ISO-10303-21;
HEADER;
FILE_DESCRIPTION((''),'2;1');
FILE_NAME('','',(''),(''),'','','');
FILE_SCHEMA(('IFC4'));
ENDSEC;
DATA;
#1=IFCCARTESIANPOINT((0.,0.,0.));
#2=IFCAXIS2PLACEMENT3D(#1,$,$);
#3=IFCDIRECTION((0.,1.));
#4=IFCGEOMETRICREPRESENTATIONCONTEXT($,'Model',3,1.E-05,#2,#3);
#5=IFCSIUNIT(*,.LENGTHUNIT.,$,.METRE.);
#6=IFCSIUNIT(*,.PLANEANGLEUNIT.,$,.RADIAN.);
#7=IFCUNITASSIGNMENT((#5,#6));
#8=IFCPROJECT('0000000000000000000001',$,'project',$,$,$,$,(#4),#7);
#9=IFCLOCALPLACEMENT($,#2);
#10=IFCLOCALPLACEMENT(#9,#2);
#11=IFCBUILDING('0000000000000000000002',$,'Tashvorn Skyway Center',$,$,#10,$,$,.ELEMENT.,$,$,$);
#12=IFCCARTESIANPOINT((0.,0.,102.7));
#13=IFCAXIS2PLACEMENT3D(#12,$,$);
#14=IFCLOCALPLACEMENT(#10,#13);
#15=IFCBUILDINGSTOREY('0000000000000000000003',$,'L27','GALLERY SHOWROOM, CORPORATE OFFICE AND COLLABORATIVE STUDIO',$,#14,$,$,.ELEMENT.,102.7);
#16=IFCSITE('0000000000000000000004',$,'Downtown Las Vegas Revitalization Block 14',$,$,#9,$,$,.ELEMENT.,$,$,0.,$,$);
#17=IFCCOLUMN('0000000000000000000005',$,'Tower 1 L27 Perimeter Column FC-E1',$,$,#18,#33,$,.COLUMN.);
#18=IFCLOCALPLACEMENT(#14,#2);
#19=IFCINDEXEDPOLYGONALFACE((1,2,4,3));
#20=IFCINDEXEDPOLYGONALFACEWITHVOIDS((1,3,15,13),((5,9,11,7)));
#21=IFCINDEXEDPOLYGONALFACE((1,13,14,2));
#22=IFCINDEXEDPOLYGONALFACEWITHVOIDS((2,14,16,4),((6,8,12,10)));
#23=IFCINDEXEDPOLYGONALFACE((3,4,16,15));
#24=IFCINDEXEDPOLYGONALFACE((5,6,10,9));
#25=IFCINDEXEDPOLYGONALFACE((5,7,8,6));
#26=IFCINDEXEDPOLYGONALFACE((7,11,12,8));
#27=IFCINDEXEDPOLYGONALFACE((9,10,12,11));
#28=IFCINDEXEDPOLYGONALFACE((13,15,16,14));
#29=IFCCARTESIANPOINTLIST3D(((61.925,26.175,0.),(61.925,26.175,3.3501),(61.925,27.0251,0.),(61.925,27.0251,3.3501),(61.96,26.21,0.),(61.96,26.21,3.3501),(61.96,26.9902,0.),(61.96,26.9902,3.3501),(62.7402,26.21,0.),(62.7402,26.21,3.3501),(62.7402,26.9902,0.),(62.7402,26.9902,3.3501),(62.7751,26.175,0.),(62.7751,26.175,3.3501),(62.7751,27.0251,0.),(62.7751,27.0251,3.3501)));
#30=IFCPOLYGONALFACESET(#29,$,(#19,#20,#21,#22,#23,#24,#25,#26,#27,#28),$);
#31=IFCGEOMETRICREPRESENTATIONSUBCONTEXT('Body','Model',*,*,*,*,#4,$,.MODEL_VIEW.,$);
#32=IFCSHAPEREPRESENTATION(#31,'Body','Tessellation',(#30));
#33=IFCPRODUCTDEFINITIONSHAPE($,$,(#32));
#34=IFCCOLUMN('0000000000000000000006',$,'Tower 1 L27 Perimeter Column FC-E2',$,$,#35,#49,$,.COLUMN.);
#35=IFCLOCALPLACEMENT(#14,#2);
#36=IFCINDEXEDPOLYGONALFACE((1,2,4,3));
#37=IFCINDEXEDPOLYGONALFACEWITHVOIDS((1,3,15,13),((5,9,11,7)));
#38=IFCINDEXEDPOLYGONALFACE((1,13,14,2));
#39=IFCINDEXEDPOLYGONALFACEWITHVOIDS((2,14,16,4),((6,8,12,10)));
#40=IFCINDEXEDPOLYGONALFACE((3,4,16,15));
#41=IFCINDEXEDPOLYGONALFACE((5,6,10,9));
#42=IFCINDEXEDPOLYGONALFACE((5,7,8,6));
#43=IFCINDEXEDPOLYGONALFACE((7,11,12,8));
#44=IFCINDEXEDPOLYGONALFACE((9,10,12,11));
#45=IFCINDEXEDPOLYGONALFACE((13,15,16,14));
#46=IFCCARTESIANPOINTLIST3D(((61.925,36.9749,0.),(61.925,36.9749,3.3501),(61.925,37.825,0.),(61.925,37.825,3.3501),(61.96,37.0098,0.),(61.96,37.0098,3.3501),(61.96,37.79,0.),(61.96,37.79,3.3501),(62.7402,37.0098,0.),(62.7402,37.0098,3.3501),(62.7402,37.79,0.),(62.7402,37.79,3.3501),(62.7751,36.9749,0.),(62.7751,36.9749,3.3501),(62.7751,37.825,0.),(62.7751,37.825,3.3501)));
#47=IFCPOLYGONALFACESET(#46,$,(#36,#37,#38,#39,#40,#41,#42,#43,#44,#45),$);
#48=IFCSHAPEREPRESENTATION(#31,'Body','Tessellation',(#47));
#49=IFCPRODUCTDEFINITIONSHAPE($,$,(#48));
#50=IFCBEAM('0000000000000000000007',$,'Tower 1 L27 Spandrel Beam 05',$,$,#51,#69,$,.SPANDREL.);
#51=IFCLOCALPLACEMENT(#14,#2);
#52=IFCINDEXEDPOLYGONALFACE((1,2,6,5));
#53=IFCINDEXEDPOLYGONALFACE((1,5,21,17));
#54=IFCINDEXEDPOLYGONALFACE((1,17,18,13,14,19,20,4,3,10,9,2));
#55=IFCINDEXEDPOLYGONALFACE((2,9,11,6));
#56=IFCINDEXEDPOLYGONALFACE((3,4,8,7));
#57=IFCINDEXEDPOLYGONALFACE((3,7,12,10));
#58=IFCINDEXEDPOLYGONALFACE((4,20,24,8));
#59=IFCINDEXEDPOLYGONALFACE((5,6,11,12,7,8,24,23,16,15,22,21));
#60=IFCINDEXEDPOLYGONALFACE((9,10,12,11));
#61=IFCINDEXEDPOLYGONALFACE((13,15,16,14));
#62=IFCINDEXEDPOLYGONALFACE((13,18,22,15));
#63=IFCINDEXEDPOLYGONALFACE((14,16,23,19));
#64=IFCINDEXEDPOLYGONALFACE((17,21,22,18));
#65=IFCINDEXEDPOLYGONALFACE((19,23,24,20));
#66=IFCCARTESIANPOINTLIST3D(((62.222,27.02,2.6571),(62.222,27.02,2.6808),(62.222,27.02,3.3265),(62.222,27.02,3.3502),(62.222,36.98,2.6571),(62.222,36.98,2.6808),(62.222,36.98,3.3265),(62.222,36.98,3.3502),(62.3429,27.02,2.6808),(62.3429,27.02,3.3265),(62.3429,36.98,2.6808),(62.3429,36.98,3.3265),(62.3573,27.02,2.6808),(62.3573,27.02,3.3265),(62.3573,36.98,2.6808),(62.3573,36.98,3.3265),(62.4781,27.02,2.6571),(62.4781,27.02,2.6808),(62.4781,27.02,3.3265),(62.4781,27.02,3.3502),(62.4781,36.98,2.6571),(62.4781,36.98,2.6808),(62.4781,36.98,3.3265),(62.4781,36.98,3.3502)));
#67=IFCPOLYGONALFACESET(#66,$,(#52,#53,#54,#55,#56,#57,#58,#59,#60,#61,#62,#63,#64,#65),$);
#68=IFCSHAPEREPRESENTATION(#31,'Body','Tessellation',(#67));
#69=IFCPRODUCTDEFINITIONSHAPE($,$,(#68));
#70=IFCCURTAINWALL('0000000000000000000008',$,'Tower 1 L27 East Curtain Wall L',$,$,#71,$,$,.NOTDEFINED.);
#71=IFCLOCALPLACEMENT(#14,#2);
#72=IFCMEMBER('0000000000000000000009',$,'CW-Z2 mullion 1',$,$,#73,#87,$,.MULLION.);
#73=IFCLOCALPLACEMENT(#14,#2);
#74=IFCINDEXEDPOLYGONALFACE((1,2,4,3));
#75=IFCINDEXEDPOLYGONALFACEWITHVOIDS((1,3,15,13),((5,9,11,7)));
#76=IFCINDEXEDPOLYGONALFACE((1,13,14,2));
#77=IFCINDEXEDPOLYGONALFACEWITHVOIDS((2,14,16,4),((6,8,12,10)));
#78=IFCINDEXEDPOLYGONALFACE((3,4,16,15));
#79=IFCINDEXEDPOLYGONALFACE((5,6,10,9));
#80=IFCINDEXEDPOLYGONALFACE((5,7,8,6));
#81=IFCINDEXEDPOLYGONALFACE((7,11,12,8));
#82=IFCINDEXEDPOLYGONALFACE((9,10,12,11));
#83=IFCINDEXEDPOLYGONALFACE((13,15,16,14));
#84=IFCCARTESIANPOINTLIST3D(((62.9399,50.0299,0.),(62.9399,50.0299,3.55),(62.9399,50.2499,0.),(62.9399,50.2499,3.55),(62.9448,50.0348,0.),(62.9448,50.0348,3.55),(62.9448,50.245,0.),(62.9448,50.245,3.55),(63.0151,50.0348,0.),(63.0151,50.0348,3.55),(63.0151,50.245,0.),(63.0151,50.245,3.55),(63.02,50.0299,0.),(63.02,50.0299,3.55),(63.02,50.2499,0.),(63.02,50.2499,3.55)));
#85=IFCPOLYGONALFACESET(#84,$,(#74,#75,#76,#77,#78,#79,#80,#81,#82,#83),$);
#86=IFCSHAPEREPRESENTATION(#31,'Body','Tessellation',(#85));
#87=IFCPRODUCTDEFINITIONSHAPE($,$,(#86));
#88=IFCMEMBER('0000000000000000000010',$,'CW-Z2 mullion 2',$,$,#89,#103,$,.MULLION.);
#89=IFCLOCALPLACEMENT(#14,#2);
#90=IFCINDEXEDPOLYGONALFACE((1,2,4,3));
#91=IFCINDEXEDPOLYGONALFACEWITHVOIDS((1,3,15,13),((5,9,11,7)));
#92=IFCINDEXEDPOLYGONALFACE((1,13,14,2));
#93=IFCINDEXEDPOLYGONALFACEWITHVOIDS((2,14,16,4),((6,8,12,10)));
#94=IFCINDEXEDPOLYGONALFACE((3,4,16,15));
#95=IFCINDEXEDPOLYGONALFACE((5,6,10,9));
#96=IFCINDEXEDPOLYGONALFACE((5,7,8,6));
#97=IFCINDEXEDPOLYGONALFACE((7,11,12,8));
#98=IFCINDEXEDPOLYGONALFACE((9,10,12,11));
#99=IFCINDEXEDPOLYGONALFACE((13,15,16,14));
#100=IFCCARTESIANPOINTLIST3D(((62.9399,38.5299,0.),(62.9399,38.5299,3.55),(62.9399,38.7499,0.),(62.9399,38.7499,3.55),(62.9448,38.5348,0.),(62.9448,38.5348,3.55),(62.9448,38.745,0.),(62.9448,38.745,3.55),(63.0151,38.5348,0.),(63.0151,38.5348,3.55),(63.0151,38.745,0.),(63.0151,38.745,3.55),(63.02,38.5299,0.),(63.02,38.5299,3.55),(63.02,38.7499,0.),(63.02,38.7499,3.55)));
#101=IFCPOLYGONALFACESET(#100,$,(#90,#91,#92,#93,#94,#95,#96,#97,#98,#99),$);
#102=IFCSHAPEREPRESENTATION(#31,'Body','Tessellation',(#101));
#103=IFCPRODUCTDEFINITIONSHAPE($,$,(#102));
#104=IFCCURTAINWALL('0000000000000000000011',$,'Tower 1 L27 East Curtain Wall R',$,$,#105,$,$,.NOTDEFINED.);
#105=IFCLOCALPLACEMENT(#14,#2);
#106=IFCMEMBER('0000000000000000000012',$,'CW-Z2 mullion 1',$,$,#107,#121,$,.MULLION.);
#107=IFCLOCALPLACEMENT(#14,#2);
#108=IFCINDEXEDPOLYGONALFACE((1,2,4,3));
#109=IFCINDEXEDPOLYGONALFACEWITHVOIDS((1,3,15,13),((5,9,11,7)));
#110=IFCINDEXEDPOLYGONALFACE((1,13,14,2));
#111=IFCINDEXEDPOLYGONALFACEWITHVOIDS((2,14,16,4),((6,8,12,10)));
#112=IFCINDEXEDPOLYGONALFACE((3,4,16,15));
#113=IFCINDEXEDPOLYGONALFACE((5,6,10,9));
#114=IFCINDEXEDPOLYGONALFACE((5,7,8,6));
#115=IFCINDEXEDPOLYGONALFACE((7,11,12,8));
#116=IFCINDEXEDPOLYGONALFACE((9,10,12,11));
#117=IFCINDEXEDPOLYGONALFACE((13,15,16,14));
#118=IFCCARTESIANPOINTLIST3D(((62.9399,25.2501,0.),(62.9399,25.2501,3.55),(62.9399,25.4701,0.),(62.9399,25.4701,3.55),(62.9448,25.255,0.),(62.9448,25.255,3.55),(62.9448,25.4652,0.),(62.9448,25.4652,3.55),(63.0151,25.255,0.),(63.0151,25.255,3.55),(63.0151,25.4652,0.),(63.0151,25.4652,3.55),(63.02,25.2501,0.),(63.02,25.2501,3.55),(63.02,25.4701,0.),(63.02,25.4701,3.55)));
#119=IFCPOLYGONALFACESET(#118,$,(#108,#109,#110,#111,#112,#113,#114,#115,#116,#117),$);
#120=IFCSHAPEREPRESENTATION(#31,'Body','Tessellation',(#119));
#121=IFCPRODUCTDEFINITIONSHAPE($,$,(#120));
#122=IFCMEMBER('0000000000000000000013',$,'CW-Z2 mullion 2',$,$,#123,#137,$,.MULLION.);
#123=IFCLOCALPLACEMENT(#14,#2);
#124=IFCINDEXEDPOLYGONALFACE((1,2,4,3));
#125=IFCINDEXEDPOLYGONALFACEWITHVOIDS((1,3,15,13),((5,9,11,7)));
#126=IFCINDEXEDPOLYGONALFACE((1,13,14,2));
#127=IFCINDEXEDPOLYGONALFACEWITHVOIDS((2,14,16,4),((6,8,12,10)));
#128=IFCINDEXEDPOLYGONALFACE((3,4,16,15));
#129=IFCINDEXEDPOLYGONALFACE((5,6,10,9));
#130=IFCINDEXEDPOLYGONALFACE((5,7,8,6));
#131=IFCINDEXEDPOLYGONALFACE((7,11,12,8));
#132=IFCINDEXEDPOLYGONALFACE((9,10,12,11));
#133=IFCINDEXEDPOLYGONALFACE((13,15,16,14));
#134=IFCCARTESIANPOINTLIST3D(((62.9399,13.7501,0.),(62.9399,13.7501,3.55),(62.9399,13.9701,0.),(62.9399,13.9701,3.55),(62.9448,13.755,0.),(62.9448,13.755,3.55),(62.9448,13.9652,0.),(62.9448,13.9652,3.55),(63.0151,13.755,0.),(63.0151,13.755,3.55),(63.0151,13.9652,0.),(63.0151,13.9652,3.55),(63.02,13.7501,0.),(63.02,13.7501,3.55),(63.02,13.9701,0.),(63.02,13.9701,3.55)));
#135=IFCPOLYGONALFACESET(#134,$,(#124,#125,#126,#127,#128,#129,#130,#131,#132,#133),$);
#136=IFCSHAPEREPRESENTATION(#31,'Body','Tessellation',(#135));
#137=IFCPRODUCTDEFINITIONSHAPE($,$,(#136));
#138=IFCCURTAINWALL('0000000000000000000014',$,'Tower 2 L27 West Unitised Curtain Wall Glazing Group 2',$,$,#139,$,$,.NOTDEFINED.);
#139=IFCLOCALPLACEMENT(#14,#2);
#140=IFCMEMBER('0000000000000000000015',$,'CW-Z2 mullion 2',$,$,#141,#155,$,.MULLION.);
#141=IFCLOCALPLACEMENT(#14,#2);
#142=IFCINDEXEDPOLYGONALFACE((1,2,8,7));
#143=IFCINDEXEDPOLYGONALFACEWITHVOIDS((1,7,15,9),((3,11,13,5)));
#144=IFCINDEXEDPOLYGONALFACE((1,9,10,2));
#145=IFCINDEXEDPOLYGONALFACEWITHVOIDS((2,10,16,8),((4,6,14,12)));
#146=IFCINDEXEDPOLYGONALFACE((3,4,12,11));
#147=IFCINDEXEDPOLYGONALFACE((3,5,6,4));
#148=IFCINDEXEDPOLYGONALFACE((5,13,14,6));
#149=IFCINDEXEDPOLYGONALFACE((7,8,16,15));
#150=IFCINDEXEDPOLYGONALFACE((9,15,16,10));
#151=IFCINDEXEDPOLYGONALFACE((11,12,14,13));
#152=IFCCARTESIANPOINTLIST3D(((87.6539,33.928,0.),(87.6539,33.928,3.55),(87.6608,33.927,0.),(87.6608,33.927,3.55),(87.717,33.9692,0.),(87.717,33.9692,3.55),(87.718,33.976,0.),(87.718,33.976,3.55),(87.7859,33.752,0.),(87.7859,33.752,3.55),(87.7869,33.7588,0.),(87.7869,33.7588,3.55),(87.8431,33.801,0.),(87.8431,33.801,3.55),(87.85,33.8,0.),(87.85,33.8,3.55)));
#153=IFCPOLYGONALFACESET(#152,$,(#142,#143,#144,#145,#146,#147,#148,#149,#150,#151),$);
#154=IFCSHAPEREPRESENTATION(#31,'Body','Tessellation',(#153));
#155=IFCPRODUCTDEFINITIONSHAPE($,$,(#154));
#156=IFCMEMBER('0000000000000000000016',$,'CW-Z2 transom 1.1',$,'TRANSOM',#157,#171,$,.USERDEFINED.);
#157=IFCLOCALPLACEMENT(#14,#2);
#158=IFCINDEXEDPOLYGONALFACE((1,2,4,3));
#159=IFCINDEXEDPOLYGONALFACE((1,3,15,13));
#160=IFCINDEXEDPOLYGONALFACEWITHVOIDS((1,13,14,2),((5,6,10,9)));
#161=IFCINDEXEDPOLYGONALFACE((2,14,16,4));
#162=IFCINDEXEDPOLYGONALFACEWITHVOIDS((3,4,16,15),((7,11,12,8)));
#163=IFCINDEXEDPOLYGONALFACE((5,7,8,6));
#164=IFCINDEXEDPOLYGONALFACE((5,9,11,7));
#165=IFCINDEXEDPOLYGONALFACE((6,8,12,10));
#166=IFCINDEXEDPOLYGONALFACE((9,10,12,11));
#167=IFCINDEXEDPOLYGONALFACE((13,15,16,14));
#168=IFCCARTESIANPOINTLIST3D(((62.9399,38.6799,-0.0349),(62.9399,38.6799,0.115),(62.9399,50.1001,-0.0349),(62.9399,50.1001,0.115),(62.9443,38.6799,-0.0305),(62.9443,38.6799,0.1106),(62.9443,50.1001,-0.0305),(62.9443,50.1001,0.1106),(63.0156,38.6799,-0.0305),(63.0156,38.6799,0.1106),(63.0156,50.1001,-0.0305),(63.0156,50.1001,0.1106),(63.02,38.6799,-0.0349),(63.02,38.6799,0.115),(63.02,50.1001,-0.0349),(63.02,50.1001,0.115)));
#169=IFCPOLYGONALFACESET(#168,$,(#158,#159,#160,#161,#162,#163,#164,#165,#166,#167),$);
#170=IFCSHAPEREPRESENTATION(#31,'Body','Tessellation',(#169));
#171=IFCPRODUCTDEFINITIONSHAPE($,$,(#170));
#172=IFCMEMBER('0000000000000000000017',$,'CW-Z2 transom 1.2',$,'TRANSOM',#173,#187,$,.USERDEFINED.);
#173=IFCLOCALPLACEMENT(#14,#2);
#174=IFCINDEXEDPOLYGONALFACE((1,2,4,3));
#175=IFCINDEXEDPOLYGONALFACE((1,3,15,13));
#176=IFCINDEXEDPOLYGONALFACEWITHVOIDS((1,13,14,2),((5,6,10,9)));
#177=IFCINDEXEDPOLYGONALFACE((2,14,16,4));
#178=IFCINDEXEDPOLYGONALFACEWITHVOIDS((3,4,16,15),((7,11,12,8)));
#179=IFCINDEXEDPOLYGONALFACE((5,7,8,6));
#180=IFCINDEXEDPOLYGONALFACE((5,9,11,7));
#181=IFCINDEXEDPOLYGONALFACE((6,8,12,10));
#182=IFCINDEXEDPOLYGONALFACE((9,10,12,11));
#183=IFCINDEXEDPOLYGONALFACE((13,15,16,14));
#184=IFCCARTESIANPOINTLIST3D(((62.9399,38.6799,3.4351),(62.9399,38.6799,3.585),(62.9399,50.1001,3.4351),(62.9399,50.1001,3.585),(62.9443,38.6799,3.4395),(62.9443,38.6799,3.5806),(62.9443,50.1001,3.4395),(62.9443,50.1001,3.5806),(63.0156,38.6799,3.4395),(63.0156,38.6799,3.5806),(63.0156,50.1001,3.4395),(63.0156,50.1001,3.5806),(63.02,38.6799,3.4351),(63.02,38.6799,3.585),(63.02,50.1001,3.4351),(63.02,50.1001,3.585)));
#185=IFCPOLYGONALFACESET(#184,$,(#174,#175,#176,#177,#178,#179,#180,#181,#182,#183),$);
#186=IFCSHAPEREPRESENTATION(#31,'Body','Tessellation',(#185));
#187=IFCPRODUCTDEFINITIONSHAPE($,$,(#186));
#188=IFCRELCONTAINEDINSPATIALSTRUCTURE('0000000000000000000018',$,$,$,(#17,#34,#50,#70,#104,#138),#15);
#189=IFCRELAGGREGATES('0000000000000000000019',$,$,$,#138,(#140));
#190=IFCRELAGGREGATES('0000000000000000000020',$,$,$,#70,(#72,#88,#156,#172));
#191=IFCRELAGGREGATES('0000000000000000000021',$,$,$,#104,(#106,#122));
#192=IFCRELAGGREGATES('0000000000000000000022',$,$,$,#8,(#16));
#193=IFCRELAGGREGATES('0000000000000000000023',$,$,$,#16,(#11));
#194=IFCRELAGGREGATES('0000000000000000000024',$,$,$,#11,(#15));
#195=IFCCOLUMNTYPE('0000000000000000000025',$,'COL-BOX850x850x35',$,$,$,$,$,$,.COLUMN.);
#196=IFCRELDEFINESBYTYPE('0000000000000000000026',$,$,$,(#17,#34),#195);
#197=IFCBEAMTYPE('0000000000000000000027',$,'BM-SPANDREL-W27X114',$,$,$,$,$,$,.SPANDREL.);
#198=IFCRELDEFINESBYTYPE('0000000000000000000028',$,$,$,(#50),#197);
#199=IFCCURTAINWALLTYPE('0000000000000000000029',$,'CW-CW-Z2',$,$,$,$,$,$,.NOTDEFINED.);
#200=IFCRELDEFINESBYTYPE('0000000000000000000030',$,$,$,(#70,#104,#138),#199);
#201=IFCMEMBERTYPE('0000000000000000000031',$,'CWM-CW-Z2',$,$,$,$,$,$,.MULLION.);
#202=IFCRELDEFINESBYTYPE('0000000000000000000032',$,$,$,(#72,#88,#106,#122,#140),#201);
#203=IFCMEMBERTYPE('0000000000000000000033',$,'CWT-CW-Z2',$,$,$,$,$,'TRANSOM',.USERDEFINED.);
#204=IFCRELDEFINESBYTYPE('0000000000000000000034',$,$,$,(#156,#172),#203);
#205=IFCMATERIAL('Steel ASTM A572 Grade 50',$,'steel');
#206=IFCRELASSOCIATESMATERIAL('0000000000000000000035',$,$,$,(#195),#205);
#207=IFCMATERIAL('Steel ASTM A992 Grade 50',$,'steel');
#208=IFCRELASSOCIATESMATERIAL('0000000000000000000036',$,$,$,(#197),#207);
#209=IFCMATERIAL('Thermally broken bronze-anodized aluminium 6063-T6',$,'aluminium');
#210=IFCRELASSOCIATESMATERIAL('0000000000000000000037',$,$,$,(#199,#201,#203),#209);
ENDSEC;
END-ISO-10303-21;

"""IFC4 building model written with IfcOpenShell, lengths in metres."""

from ifc_helpers import new_model, si_unit, direction, frame, origin, origin_2d, place, context, subcontext, project, spatial, hollow_rectangle, i_section, extrude, material, material_profile, profile_set, type_object, element, aggregate, save


model = new_model("IFC4")

# Units and contexts
model_context = context("Model", 3, precision=1e-05, world=origin(), true_north=direction((0.0, 1.0)))
body_context = subcontext(model_context, "Body", "Model", "MODEL_VIEW")
ifc_project = project(units=[si_unit("LENGTHUNIT", "METRE"), si_unit("PLANEANGLEUNIT", "RADIAN")], contexts=[model_context])

# Site, building, storey
site_placement = place(None, origin())
site = spatial("IfcSite", under=ifc_project, at=site_placement, Name="Downtown Las Vegas Revitalization Block 14", CompositionType="ELEMENT", RefElevation=0.0)
building_placement = place(site_placement, origin())
building = spatial("IfcBuilding", under=site, at=building_placement, Name="Tashvorn Skyway Center", CompositionType="ELEMENT")
storey_placement = place(building_placement, frame((0.0, 0.0, 102.7)))
storey = spatial("IfcBuildingStorey", under=building, at=storey_placement, Name="L27", Description="GALLERY SHOWROOM, CORPORATE OFFICE AND COLLABORATIVE STUDIO", CompositionType="ELEMENT", Elevation=102.7)

# Columns
ifc_material_1 = material(Name="Steel ASTM A572 Grade 50", Category="steel")
ifc_material_profile_1 = material_profile(ifc_material_1, hollow_rectangle(XDim=0.8501, YDim=0.8501, WallThickness=0.0349, at=origin_2d()), Name="BOX850x850x35")
ifc_profile_set_1 = profile_set([ifc_material_profile_1], Name="Steel ASTM A572 Grade 50")
column_type = type_object("IfcColumnType", Name="COL-BOX850x850x35", PredefinedType="COLUMN", material=ifc_profile_set_1)
for number, where, z_axis, x_axis, name in (
    (1, (62.3501, 26.6001, 0.0), (0.0, 0.0, 1.0), (1.0, 0.0, 0.0), "Tower 1 L27 Perimeter Column FC-E1"),
    (2, (62.3501, 37.3999, 0.0), (0.0, 0.0, 1.0), (1.0, 0.0, 0.0), "Tower 1 L27 Perimeter Column FC-E2"),
):
    element("IfcColumn", number, at=place(storey_placement, frame(where, z_axis=z_axis, x_axis=x_axis)), inside=storey, type_object=column_type, Name=name, PredefinedType="COLUMN", context=body_context, shape_type="SweptSolid", body=[
        extrude(hollow_rectangle(XDim=0.8501, YDim=0.8501, WallThickness=0.0349, at=origin_2d()), origin(), (0.0, 0.0, 1.0), 3.3501),
    ])

# Beam
ifc_material_2 = material(Name="Steel ASTM A992 Grade 50", Category="steel")
ifc_material_profile_2 = material_profile(ifc_material_2, i_section(OverallWidth=0.2561, OverallDepth=0.6931, WebThickness=0.0144, FlangeThickness=0.0237, at=origin_2d()), Name="W27X114")
ifc_profile_set_2 = profile_set([ifc_material_profile_2], Name="Steel ASTM A992 Grade 50")
beam_type = type_object("IfcBeamType", Name="BM-SPANDREL-W27X114", PredefinedType="SPANDREL", material=ifc_profile_set_2)
beam_placement = place(storey_placement, frame((62.3501, 27.02, 3.0037), z_axis=(0.0, 1.0, 0.0), x_axis=(-1.0, 0.0, 0.0)))
element("IfcBeam", 3, at=beam_placement, inside=storey, type_object=beam_type, Name="Tower 1 L27 Spandrel Beam 05", PredefinedType="SPANDREL", context=body_context, shape_type="SweptSolid", body=[
    extrude(i_section(OverallWidth=0.2561, OverallDepth=0.6931, WebThickness=0.0144, FlangeThickness=0.0237, at=origin_2d()), origin(), (0.0, 0.0, 1.0), 9.96),
])

# Curtain walls, members
ifc_material_3 = material(Name="Thermally broken bronze-anodized aluminium 6063-T6", Category="aluminium")
curtain_wall_type = type_object("IfcCurtainWallType", Name="CW-CW-Z2", PredefinedType="NOTDEFINED", material=ifc_material_3)
curtain_wall_1_placement = place(storey_placement, origin())
curtain_wall_1 = element("IfcCurtainWall", 4, at=curtain_wall_1_placement, inside=storey, type_object=curtain_wall_type, Name="Tower 1 L27 East Curtain Wall L", PredefinedType="NOTDEFINED")
ifc_material_profile_3 = material_profile(ifc_material_3, hollow_rectangle(XDim=0.0801, YDim=0.22, WallThickness=0.0049, at=origin_2d()), Name="ALU-MULL-80x220")
ifc_profile_set_3 = profile_set([ifc_material_profile_3], Name="Thermally broken bronze-anodized aluminium 6063-T6")
member_type_1 = type_object("IfcMemberType", Name="CWM-CW-Z2", PredefinedType="MULLION", material=ifc_profile_set_3)
member_1_placement = place(storey_placement, frame((62.98, 50.1399, 0.0), z_axis=(0.0, 0.0, 1.0), x_axis=(1.0, 0.0, 0.0)))
member_1 = element("IfcMember", 5, at=member_1_placement, type_object=member_type_1, Name="CW-Z2 mullion 1", PredefinedType="MULLION", context=body_context, shape_type="SweptSolid", body=[
    extrude(hollow_rectangle(XDim=0.0801, YDim=0.22, WallThickness=0.0049, at=origin_2d()), origin(), (0.0, 0.0, 1.0), 3.55),
])
member_2_placement = place(storey_placement, frame((62.98, 38.6399, 0.0), z_axis=(0.0, 0.0, 1.0), x_axis=(1.0, 0.0, 0.0)))
member_2 = element("IfcMember", 6, at=member_2_placement, type_object=member_type_1, Name="CW-Z2 mullion 2", PredefinedType="MULLION", context=body_context, shape_type="SweptSolid", body=[
    extrude(hollow_rectangle(XDim=0.0801, YDim=0.22, WallThickness=0.0049, at=origin_2d()), origin(), (0.0, 0.0, 1.0), 3.55),
])
curtain_wall_2_placement = place(storey_placement, origin())
curtain_wall_2 = element("IfcCurtainWall", 7, at=curtain_wall_2_placement, inside=storey, type_object=curtain_wall_type, Name="Tower 1 L27 East Curtain Wall R", PredefinedType="NOTDEFINED")
member_3_placement = place(storey_placement, frame((62.98, 25.3601, 0.0), z_axis=(0.0, 0.0, 1.0), x_axis=(1.0, 0.0, 0.0)))
member_3 = element("IfcMember", 8, at=member_3_placement, type_object=member_type_1, Name="CW-Z2 mullion 1", PredefinedType="MULLION", context=body_context, shape_type="SweptSolid", body=[
    extrude(hollow_rectangle(XDim=0.0801, YDim=0.22, WallThickness=0.0049, at=origin_2d()), origin(), (0.0, 0.0, 1.0), 3.55),
])
member_4_placement = place(storey_placement, frame((62.98, 13.8601, 0.0), z_axis=(0.0, 0.0, 1.0), x_axis=(1.0, 0.0, 0.0)))
member_4 = element("IfcMember", 9, at=member_4_placement, type_object=member_type_1, Name="CW-Z2 mullion 2", PredefinedType="MULLION", context=body_context, shape_type="SweptSolid", body=[
    extrude(hollow_rectangle(XDim=0.0801, YDim=0.22, WallThickness=0.0049, at=origin_2d()), origin(), (0.0, 0.0, 1.0), 3.55),
])

# Curtain wall, member
curtain_wall_3_placement = place(storey_placement, origin())
curtain_wall_3 = element("IfcCurtainWall", 10, at=curtain_wall_3_placement, inside=storey, type_object=curtain_wall_type, Name="Tower 2 L27 West Unitised Curtain Wall Glazing Group 2", PredefinedType="NOTDEFINED")
member_5_placement = place(storey_placement, frame((87.752, 33.864, 0.0), z_axis=(0.0, 0.0, 1.0), x_axis=(-0.8, -0.6, 0.0)))
member_5 = element("IfcMember", 11, at=member_5_placement, type_object=member_type_1, Name="CW-Z2 mullion 2", PredefinedType="MULLION", context=body_context, shape_type="SweptSolid", body=[
    extrude(hollow_rectangle(XDim=0.0801, YDim=0.22, WallThickness=0.0049, at=origin_2d()), origin(), (0.0, 0.0, 1.0), 3.55),
])
aggregate(curtain_wall_3, [member_5])

# Members
ifc_material_profile_4 = material_profile(ifc_material_3, hollow_rectangle(XDim=0.0801, YDim=0.1499, WallThickness=0.0044, at=origin_2d()), Name="ALU-TRAN-80x150")
ifc_profile_set_4 = profile_set([ifc_material_profile_4], Name="Thermally broken bronze-anodized aluminium 6063-T6")
member_type_2 = type_object("IfcMemberType", Name="CWT-CW-Z2", ElementType="TRANSOM", PredefinedType="USERDEFINED", material=ifc_profile_set_4)
member_6_placement = place(storey_placement, frame((62.98, 50.1001, 0.04), z_axis=(0.0, -1.0, 0.0), x_axis=(1.0, 0.0, 0.0)))
member_6 = element("IfcMember", 12, at=member_6_placement, type_object=member_type_2, Name="CW-Z2 transom 1.1", ObjectType="TRANSOM", PredefinedType="USERDEFINED", context=body_context, shape_type="SweptSolid", body=[
    extrude(hollow_rectangle(XDim=0.0801, YDim=0.1499, WallThickness=0.0044, at=origin_2d()), origin(), (0.0, 0.0, 1.0), 11.4202),
])
member_7_placement = place(storey_placement, frame((62.98, 50.1001, 3.51), z_axis=(0.0, -1.0, 0.0), x_axis=(1.0, 0.0, 0.0)))
member_7 = element("IfcMember", 13, at=member_7_placement, type_object=member_type_2, Name="CW-Z2 transom 1.2", ObjectType="TRANSOM", PredefinedType="USERDEFINED", context=body_context, shape_type="SweptSolid", body=[
    extrude(hollow_rectangle(XDim=0.0801, YDim=0.1499, WallThickness=0.0044, at=origin_2d()), origin(), (0.0, 0.0, 1.0), 11.4202),
])

aggregate(curtain_wall_1, [member_1, member_2, member_6, member_7])
aggregate(curtain_wall_2, [member_3, member_4])

save(model, "model.ifc")
